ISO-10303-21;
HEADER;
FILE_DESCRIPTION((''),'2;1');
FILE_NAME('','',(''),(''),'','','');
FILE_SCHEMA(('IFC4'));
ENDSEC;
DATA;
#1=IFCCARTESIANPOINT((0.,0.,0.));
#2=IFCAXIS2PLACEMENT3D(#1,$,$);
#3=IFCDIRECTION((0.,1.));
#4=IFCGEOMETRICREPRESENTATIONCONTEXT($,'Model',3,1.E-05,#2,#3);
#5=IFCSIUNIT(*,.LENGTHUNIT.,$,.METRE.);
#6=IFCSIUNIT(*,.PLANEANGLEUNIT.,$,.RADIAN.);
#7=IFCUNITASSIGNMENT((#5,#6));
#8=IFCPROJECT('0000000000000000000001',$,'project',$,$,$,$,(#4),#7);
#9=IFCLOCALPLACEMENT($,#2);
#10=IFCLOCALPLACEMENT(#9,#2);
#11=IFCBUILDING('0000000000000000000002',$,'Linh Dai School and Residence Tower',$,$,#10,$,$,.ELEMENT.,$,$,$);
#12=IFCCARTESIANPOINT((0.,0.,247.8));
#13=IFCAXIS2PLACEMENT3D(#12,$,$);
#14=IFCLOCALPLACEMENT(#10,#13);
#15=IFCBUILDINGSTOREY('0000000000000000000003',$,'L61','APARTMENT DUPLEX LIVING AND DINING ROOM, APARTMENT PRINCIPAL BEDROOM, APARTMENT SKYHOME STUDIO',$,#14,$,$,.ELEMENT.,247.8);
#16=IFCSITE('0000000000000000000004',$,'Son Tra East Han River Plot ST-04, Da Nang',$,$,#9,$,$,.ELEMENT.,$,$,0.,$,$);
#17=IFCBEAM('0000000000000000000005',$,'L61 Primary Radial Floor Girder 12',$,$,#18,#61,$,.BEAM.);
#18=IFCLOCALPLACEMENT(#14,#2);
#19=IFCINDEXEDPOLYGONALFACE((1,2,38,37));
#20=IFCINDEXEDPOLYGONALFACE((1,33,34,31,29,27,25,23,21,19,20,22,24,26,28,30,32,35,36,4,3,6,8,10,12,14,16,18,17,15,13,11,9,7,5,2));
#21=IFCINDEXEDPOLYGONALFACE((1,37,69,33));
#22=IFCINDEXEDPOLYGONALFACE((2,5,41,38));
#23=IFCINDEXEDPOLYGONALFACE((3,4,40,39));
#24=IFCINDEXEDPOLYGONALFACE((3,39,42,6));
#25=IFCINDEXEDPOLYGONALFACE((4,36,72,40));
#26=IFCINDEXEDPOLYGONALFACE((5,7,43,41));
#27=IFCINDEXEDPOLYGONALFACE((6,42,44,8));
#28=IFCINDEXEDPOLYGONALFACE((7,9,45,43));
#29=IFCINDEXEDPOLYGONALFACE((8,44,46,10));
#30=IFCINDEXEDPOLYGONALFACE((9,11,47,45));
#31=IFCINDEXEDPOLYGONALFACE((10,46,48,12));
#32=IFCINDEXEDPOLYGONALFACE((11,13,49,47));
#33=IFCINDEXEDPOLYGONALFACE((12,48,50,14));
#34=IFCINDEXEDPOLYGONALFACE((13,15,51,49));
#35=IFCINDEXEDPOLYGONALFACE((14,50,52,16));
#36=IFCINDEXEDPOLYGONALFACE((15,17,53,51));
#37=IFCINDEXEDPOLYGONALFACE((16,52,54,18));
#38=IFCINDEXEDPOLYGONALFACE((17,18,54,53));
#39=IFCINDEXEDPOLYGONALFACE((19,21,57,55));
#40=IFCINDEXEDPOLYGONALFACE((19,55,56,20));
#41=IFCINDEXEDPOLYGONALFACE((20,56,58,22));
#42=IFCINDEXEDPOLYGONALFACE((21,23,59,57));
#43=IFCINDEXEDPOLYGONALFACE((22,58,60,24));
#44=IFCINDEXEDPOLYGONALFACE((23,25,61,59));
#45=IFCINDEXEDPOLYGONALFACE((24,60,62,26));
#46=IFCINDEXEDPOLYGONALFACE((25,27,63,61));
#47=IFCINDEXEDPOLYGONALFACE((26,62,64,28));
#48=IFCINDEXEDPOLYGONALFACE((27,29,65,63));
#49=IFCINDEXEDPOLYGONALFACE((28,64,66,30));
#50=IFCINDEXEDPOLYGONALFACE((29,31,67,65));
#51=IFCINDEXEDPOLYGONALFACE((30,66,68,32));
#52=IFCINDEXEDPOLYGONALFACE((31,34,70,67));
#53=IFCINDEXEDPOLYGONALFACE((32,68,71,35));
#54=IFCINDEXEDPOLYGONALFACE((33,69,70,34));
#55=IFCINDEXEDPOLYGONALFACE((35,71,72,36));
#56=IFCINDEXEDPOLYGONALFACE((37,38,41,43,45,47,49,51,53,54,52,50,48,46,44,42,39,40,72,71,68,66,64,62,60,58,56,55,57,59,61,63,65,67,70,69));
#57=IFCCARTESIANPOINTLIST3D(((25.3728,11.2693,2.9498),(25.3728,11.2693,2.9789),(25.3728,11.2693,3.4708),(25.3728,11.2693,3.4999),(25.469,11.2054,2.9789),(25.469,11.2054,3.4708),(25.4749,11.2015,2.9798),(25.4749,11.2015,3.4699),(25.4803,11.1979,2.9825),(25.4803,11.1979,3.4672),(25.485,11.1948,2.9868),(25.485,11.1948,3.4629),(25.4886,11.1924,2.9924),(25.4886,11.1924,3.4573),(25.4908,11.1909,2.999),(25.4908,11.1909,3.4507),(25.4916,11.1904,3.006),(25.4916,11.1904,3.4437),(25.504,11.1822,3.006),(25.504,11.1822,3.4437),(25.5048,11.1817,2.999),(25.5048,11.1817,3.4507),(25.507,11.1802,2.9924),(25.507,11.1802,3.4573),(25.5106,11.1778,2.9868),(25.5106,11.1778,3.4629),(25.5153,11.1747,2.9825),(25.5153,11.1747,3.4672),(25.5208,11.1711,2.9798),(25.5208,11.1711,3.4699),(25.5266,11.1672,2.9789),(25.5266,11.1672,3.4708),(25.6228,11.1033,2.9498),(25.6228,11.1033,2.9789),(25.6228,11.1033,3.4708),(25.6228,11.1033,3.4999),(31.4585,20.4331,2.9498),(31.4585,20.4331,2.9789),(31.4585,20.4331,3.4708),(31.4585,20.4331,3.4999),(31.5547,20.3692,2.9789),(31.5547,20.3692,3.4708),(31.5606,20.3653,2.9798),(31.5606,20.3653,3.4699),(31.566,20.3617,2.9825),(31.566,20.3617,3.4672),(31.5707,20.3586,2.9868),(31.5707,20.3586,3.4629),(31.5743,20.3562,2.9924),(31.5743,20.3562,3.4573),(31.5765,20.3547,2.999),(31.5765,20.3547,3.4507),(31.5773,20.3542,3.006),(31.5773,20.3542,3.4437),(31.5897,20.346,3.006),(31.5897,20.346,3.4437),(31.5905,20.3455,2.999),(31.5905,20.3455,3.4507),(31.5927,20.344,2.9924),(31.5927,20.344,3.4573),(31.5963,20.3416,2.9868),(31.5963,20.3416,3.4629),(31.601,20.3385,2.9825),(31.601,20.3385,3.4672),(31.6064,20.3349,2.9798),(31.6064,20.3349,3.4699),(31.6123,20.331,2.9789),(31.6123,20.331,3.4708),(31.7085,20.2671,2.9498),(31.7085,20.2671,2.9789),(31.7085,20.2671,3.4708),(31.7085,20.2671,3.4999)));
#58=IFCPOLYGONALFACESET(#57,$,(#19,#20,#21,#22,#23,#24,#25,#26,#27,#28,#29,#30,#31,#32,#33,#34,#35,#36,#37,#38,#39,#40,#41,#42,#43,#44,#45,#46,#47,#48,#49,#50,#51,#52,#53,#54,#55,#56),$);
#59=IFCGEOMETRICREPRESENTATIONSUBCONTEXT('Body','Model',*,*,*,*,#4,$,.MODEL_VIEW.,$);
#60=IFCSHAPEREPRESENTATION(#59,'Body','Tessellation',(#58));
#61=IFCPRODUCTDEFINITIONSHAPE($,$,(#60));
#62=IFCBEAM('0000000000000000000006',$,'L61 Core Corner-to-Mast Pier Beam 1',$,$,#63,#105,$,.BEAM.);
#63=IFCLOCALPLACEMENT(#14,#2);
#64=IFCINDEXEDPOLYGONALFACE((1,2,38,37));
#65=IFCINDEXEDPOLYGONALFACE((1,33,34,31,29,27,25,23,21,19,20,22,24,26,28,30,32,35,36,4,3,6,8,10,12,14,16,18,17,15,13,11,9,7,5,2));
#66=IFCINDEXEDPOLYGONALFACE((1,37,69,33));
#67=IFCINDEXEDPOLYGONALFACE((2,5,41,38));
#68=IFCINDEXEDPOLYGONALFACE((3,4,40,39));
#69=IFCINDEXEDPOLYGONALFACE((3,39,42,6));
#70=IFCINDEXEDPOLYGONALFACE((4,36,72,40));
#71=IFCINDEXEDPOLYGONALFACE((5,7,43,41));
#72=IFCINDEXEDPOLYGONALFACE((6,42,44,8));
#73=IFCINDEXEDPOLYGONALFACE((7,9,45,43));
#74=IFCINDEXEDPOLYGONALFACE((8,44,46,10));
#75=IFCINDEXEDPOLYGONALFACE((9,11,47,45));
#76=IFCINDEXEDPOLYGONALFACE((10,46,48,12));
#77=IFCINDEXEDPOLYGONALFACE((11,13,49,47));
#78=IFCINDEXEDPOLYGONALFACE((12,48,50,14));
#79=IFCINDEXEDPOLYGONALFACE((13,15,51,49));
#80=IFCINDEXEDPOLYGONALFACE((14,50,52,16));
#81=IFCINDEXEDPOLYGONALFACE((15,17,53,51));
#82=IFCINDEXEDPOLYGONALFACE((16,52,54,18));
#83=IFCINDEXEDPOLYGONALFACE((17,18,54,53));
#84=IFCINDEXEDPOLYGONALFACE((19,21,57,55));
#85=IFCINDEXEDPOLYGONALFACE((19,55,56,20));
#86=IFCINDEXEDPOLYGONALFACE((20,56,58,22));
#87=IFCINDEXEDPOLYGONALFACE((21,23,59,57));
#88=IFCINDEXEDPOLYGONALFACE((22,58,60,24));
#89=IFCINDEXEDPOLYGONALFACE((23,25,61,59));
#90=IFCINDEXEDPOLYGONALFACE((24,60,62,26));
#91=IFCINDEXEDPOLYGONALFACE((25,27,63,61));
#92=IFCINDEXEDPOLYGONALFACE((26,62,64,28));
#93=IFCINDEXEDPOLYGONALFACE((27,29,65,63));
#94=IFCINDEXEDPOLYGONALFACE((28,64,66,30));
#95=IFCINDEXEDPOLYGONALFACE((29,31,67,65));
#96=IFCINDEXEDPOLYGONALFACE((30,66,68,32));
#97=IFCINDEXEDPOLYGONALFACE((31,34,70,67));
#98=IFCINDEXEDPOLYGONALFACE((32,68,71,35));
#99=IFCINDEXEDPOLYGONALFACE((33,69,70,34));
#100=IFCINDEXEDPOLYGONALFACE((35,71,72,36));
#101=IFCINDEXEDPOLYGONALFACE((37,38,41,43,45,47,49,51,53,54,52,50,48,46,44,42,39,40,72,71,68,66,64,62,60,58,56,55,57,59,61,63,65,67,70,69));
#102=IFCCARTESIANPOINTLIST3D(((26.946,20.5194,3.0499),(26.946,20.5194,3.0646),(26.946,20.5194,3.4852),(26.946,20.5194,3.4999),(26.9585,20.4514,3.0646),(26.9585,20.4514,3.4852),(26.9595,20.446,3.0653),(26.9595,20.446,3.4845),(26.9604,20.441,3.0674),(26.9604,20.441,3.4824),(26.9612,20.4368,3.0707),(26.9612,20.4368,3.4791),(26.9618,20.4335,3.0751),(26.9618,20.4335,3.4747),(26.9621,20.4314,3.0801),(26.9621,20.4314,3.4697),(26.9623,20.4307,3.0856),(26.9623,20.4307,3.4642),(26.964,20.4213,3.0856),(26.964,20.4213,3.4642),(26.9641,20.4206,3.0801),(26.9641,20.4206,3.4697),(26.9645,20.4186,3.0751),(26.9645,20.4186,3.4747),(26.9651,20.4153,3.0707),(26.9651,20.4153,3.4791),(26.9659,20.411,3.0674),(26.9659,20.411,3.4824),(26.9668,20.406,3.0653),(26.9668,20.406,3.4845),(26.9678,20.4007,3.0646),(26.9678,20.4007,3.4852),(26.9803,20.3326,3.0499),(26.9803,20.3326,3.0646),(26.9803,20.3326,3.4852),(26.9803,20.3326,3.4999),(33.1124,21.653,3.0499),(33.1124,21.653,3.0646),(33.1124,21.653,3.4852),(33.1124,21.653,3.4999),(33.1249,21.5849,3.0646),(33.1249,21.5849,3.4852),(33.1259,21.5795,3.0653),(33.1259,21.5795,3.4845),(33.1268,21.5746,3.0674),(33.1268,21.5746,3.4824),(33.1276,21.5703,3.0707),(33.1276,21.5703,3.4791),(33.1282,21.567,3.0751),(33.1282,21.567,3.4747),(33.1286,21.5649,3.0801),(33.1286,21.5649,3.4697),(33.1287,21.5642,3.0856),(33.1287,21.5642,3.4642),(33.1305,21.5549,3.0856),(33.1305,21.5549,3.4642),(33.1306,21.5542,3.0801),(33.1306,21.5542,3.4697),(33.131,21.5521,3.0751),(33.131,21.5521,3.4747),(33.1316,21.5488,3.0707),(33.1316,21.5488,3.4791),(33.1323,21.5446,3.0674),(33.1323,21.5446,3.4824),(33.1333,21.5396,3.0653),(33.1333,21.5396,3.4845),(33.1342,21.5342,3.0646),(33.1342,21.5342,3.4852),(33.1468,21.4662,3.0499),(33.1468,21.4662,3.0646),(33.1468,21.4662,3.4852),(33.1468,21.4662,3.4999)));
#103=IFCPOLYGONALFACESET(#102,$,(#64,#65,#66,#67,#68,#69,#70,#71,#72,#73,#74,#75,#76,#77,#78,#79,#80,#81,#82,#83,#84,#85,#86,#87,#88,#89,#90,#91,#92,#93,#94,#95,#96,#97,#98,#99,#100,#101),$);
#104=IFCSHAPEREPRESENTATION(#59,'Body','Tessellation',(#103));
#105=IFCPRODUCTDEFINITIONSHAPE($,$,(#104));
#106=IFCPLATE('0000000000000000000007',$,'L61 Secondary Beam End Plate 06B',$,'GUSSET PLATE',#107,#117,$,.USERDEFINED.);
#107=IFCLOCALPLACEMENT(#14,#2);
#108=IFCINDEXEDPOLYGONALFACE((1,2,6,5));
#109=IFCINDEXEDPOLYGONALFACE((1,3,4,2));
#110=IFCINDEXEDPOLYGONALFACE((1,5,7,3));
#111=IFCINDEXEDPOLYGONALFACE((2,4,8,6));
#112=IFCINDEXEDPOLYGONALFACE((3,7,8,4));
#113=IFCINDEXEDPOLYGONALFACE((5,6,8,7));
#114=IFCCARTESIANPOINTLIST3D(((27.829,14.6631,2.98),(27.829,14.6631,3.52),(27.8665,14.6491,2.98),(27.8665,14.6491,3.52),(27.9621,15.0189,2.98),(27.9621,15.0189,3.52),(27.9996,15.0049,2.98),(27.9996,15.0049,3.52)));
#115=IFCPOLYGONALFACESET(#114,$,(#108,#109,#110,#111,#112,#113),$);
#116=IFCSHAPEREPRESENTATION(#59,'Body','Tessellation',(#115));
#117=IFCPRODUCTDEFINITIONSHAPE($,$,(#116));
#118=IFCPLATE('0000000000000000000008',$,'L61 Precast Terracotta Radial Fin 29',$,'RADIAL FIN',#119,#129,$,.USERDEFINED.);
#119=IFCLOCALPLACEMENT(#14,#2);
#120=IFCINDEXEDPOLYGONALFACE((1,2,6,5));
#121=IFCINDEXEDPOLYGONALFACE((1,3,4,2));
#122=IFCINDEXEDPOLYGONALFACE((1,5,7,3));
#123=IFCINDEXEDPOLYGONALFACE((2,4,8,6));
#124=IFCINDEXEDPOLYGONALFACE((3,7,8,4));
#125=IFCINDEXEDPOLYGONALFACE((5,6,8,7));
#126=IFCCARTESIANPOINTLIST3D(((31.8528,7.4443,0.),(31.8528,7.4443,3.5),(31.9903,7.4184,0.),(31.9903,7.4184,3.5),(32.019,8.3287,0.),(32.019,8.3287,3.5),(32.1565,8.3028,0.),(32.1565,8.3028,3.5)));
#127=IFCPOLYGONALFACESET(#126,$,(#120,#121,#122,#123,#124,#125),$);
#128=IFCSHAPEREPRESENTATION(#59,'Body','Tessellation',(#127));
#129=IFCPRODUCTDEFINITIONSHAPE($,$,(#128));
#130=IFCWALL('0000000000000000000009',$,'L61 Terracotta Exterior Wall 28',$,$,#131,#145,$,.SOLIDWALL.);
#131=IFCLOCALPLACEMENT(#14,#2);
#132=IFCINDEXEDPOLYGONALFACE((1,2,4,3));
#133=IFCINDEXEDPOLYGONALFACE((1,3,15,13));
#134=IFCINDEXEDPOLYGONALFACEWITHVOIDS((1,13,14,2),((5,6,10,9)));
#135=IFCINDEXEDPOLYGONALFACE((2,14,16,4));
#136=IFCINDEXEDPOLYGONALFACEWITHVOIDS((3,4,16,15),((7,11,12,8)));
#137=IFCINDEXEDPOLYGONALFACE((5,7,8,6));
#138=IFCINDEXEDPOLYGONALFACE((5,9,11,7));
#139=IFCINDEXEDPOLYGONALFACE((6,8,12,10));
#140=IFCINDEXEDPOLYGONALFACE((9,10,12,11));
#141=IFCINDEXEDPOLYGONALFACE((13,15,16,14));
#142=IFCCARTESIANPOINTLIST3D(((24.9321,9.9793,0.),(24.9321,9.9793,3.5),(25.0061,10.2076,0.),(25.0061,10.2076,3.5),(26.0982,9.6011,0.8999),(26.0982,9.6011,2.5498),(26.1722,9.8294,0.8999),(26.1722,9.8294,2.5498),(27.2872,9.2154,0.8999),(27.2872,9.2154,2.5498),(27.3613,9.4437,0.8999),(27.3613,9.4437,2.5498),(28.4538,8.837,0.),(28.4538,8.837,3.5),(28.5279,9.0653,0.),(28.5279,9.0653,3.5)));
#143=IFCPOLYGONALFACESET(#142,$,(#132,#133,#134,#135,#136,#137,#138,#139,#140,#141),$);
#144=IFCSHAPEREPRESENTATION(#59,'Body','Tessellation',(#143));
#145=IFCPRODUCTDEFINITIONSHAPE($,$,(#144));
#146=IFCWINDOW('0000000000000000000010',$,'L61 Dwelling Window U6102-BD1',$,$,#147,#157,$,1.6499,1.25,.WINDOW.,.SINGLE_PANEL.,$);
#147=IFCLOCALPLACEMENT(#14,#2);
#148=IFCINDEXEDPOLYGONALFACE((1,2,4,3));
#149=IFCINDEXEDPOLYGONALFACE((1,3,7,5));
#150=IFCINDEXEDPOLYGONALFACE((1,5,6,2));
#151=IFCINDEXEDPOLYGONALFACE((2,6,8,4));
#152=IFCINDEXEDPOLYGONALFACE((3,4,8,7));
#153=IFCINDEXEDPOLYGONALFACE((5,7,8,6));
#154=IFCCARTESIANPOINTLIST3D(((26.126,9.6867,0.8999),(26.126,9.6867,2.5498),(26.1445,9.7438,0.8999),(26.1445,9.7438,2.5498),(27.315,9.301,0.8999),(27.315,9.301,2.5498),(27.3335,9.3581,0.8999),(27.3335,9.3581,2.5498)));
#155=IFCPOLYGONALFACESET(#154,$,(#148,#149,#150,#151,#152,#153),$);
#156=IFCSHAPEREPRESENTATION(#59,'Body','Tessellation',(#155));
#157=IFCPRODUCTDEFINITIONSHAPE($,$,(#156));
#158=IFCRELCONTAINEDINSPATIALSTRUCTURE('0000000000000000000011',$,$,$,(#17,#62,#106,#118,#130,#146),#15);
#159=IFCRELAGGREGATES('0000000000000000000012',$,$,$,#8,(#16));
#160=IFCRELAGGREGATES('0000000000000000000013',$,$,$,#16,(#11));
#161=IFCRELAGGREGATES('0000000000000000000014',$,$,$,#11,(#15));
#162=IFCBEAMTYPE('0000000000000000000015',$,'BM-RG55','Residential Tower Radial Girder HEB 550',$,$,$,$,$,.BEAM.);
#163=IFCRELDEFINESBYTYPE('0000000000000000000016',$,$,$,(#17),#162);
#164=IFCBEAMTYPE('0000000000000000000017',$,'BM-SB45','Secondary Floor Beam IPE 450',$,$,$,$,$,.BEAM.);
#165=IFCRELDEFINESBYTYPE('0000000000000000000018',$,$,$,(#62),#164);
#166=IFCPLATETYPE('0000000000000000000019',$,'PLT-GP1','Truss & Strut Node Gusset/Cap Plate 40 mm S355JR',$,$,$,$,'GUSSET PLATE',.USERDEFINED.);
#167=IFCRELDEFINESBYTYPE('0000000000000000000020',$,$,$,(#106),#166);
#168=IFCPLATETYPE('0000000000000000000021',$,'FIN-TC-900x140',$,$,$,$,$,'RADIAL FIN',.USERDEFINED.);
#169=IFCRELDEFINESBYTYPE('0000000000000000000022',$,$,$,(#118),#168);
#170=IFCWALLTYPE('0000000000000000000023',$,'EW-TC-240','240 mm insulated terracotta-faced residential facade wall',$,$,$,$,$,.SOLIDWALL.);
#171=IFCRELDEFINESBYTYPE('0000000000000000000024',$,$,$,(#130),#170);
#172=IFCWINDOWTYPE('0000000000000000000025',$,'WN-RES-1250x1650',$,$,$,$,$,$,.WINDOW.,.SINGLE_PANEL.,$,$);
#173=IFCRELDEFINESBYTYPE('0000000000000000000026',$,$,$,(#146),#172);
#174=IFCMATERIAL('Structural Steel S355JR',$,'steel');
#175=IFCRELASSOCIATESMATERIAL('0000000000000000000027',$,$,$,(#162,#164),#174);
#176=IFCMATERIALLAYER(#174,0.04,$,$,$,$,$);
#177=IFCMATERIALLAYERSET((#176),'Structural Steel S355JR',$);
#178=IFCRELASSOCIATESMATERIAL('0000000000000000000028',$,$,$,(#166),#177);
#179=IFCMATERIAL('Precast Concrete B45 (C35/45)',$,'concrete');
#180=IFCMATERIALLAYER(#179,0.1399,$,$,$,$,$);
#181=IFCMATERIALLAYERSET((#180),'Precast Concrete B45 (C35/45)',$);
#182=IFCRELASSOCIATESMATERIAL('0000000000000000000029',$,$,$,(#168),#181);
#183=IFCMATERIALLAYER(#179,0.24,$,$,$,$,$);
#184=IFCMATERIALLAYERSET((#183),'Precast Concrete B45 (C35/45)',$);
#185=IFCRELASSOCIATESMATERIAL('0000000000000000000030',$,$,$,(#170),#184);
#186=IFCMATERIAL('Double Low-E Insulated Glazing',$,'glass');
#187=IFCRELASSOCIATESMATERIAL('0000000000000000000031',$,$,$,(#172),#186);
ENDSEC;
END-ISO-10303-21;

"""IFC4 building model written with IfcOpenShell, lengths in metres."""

from ifc_helpers import new_model, si_unit, direction, frame, frame_2d, origin, origin_2d, place, context, subcontext, project, spatial, rectangle, i_section, extrude, source, transform, mapped, material, layer, layer_set, material_profile, profile_set, type_object, element, fill, save


model = new_model("IFC4")

# Units and contexts
model_context = context("Model", 3, precision=1e-05, world=origin(), true_north=direction((0.0, 1.0)))
body_context = subcontext(model_context, "Body", "Model", "MODEL_VIEW")
ifc_project = project(units=[si_unit("LENGTHUNIT", "METRE"), si_unit("PLANEANGLEUNIT", "RADIAN")], contexts=[model_context])

# Site, building, storey
site_placement = place(None, origin())
site = spatial("IfcSite", under=ifc_project, at=site_placement, Name="Son Tra East Han River Plot ST-04, Da Nang", CompositionType="ELEMENT", RefElevation=0.0)
building_placement = place(site_placement, origin())
building = spatial("IfcBuilding", under=site, at=building_placement, Name="Linh Dai School and Residence Tower", CompositionType="ELEMENT")
storey_placement = place(building_placement, frame((0.0, 0.0, 247.8)))
storey = spatial("IfcBuildingStorey", under=building, at=storey_placement, Name="L61", Description="APARTMENT DUPLEX LIVING AND DINING ROOM, APARTMENT PRINCIPAL BEDROOM, APARTMENT SKYHOME STUDIO", CompositionType="ELEMENT", Elevation=247.8)

# Beams
ifc_material_1 = material(Name="Structural Steel S355JR", Category="steel")
ifc_material_profile_1 = material_profile(ifc_material_1, i_section(OverallWidth=0.3, OverallDepth=0.55, WebThickness=0.0149, FlangeThickness=0.0291, FilletRadius=0.0271, at=origin_2d()), Name="HEB 550")
ifc_profile_set_1 = profile_set([ifc_material_profile_1], Name="Structural Steel S355JR")
beam_type_1 = type_object("IfcBeamType", Name="BM-RG55", Description="Residential Tower Radial Girder HEB 550", PredefinedType="BEAM", material=ifc_profile_set_1)
beam_1_placement = place(storey_placement, frame((31.5835, 20.3501, 3.2249), z_axis=(-0.553219, -0.833036, 0.0), x_axis=(0.833036, -0.553219, 0.0)))
element("IfcBeam", 1, at=beam_1_placement, inside=storey, type_object=beam_type_1, Name="L61 Primary Radial Floor Girder 12", PredefinedType="BEAM", context=body_context, shape_type="SweptSolid", body=[
    extrude(i_section(OverallWidth=0.3, OverallDepth=0.55, WebThickness=0.0149, FlangeThickness=0.0291, FilletRadius=0.0271, at=origin_2d()), origin(), (0.0, 0.0, 1.0), 11.0005),
])
ifc_material_profile_2 = material_profile(ifc_material_1, i_section(OverallWidth=0.1899, OverallDepth=0.45, WebThickness=0.0095, FlangeThickness=0.0146, FilletRadius=0.021, at=origin_2d()), Name="IPE 450")
ifc_profile_set_2 = profile_set([ifc_material_profile_2], Name="Structural Steel S355JR")
beam_type_2 = type_object("IfcBeamType", Name="BM-SB45", Description="Secondary Floor Beam IPE 450", PredefinedType="BEAM", material=ifc_profile_set_2)
beam_2_placement = place(storey_placement, frame((26.9631, 20.426, 3.2749), z_axis=(0.983521, 0.180794, 0.0), x_axis=(-0.180794, 0.983521, 0.0)))
element("IfcBeam", 2, at=beam_2_placement, inside=storey, type_object=beam_type_2, Name="L61 Core Corner-to-Mast Pier Beam 1", PredefinedType="BEAM", context=body_context, shape_type="SweptSolid", body=[
    extrude(i_section(OverallWidth=0.1899, OverallDepth=0.45, WebThickness=0.0095, FlangeThickness=0.0146, FilletRadius=0.021, at=origin_2d()), origin(), (0.0, 0.0, 1.0), 6.2698),
])

# Plates
ifc_layer_1 = layer(ifc_material_1, 0.04)
ifc_layer_set_1 = layer_set([ifc_layer_1], Name="Structural Steel S355JR")
plate_type_1 = type_object("IfcPlateType", Name="PLT-GP1", Description="Truss & Strut Node Gusset/Cap Plate 40 mm S355JR", ElementType="GUSSET PLATE", PredefinedType="USERDEFINED", material=ifc_layer_set_1)
shared_shape_1 = source(origin(), body_context, "Body", "SweptSolid", [
    extrude(rectangle(XDim=0.04, YDim=0.3799, at=origin_2d()), origin(), (0.0, 0.0, 1.0), 0.54),
])
plate_1_placement = place(storey_placement, frame((27.9143, 14.834, 2.98), z_axis=(0.0, 0.0, 1.0), x_axis=(0.936534, -0.350577, 0.0)))
element("IfcPlate", 3, at=plate_1_placement, inside=storey, type_object=plate_type_1, Name="L61 Secondary Beam End Plate 06B", ObjectType="GUSSET PLATE", PredefinedType="USERDEFINED", context=body_context, shape_type="MappedRepresentation", body=[
    mapped(shared_shape_1, transform((0.0, 0.0, 0.0), x_axis=(1.0, 0.0, 0.0), y_axis=(0.0, 1.0, 0.0), z_axis=(0.0, 0.0, 1.0), scale=1.0)),
])
ifc_material_2 = material(Name="Precast Concrete B45 (C35/45)", Category="concrete")
ifc_layer_2 = layer(ifc_material_2, 0.1399)
ifc_layer_set_2 = layer_set([ifc_layer_2], Name="Precast Concrete B45 (C35/45)")
plate_type_2 = type_object("IfcPlateType", Name="FIN-TC-900x140", ElementType="RADIAL FIN", PredefinedType="USERDEFINED", material=ifc_layer_set_2)
shared_shape_2 = source(origin(), body_context, "Body", "SweptSolid", [
    extrude(rectangle(XDim=0.8999, YDim=0.1399, at=origin_2d()), origin(), (0.0, 0.0, 1.0), 3.5),
])
plate_2_placement = place(storey_placement, frame((32.0046, 7.8735, 0.0), z_axis=(0.0, 0.0, 1.0), x_axis=(-0.184744, -0.982787, 0.0)))
element("IfcPlate", 4, at=plate_2_placement, inside=storey, type_object=plate_type_2, Name="L61 Precast Terracotta Radial Fin 29", ObjectType="RADIAL FIN", PredefinedType="USERDEFINED", context=body_context, shape_type="MappedRepresentation", body=[
    mapped(shared_shape_2, transform((0.0, 0.0, 0.0), x_axis=(1.0, 0.0, 0.0), y_axis=(0.0, 1.0, 0.0), z_axis=(0.0, 0.0, 1.0), scale=1.0)),
])

# Wall, opening, window
ifc_layer_3 = layer(ifc_material_2, 0.24)
ifc_layer_set_3 = layer_set([ifc_layer_3], Name="Precast Concrete B45 (C35/45)")
wall_type_1 = type_object("IfcWallType", Name="EW-TC-240", Description="240 mm insulated terracotta-faced residential facade wall", PredefinedType="SOLIDWALL", material=ifc_layer_set_3)
wall_1_placement = place(storey_placement, frame((28.4907, 8.9512, 0.0), z_axis=(0.0, 0.0, 1.0), x_axis=(-0.951211, 0.308542, 0.0)))
wall_1 = element("IfcWall", 5, at=wall_1_placement, inside=storey, type_object=wall_type_1, Name="L61 Terracotta Exterior Wall 28", PredefinedType="SOLIDWALL", context=body_context, shape_type="SweptSolid", body=[
    extrude(rectangle(XDim=3.7024, YDim=0.24, at=frame_2d((1.8511, 0.0))), origin(), (0.0, 0.0, 1.0), 3.5),
])
opening_1_placement = place(wall_1_placement, frame((1.2263, 0.0, 0.8999)))
opening_1 = element("IfcOpeningElement", 6, at=opening_1_placement, cuts=wall_1, PredefinedType="OPENING", context=body_context, shape_type="SweptSolid", body=[
    extrude(rectangle(XDim=1.25, YDim=1.6499, at=origin_2d()), frame((0.625, 0.1299, 0.825), z_axis=(0.0, -1.0, 0.0), x_axis=(1.0, 0.0, 0.0)), (0.0, 0.0, 1.0), 0.26),
])
ifc_material_3 = material(Name="Double Low-E Insulated Glazing", Category="glass")
window_type_1 = type_object("IfcWindowType", Name="WN-RES-1250x1650", PartitioningType="SINGLE_PANEL", PredefinedType="WINDOW", material=ifc_material_3)
shared_shape_3 = source(origin(), body_context, "Body", "SweptSolid", [
    extrude(rectangle(XDim=1.25, YDim=1.6499, at=origin_2d()), frame((0.625, 0.03, 0.825), z_axis=(0.0, -1.0, 0.0), x_axis=(1.0, 0.0, 0.0)), (0.0, 0.0, 1.0), 0.0601),
])
window_1_placement = place(opening_1_placement, origin())
window_1 = element("IfcWindow", 7, at=window_1_placement, inside=storey, type_object=window_type_1, Name="L61 Dwelling Window U6102-BD1", OverallHeight=1.6499, OverallWidth=1.25, PartitioningType="SINGLE_PANEL", PredefinedType="WINDOW", context=body_context, shape_type="MappedRepresentation", body=[
    mapped(shared_shape_3, transform((0.0, 0.0, 0.0), x_axis=(1.0, 0.0, 0.0), y_axis=(0.0, 1.0, 0.0), z_axis=(0.0, 0.0, 1.0), scale=1.0)),
])
fill(opening_1, window_1)

save(model, "model.ifc")
